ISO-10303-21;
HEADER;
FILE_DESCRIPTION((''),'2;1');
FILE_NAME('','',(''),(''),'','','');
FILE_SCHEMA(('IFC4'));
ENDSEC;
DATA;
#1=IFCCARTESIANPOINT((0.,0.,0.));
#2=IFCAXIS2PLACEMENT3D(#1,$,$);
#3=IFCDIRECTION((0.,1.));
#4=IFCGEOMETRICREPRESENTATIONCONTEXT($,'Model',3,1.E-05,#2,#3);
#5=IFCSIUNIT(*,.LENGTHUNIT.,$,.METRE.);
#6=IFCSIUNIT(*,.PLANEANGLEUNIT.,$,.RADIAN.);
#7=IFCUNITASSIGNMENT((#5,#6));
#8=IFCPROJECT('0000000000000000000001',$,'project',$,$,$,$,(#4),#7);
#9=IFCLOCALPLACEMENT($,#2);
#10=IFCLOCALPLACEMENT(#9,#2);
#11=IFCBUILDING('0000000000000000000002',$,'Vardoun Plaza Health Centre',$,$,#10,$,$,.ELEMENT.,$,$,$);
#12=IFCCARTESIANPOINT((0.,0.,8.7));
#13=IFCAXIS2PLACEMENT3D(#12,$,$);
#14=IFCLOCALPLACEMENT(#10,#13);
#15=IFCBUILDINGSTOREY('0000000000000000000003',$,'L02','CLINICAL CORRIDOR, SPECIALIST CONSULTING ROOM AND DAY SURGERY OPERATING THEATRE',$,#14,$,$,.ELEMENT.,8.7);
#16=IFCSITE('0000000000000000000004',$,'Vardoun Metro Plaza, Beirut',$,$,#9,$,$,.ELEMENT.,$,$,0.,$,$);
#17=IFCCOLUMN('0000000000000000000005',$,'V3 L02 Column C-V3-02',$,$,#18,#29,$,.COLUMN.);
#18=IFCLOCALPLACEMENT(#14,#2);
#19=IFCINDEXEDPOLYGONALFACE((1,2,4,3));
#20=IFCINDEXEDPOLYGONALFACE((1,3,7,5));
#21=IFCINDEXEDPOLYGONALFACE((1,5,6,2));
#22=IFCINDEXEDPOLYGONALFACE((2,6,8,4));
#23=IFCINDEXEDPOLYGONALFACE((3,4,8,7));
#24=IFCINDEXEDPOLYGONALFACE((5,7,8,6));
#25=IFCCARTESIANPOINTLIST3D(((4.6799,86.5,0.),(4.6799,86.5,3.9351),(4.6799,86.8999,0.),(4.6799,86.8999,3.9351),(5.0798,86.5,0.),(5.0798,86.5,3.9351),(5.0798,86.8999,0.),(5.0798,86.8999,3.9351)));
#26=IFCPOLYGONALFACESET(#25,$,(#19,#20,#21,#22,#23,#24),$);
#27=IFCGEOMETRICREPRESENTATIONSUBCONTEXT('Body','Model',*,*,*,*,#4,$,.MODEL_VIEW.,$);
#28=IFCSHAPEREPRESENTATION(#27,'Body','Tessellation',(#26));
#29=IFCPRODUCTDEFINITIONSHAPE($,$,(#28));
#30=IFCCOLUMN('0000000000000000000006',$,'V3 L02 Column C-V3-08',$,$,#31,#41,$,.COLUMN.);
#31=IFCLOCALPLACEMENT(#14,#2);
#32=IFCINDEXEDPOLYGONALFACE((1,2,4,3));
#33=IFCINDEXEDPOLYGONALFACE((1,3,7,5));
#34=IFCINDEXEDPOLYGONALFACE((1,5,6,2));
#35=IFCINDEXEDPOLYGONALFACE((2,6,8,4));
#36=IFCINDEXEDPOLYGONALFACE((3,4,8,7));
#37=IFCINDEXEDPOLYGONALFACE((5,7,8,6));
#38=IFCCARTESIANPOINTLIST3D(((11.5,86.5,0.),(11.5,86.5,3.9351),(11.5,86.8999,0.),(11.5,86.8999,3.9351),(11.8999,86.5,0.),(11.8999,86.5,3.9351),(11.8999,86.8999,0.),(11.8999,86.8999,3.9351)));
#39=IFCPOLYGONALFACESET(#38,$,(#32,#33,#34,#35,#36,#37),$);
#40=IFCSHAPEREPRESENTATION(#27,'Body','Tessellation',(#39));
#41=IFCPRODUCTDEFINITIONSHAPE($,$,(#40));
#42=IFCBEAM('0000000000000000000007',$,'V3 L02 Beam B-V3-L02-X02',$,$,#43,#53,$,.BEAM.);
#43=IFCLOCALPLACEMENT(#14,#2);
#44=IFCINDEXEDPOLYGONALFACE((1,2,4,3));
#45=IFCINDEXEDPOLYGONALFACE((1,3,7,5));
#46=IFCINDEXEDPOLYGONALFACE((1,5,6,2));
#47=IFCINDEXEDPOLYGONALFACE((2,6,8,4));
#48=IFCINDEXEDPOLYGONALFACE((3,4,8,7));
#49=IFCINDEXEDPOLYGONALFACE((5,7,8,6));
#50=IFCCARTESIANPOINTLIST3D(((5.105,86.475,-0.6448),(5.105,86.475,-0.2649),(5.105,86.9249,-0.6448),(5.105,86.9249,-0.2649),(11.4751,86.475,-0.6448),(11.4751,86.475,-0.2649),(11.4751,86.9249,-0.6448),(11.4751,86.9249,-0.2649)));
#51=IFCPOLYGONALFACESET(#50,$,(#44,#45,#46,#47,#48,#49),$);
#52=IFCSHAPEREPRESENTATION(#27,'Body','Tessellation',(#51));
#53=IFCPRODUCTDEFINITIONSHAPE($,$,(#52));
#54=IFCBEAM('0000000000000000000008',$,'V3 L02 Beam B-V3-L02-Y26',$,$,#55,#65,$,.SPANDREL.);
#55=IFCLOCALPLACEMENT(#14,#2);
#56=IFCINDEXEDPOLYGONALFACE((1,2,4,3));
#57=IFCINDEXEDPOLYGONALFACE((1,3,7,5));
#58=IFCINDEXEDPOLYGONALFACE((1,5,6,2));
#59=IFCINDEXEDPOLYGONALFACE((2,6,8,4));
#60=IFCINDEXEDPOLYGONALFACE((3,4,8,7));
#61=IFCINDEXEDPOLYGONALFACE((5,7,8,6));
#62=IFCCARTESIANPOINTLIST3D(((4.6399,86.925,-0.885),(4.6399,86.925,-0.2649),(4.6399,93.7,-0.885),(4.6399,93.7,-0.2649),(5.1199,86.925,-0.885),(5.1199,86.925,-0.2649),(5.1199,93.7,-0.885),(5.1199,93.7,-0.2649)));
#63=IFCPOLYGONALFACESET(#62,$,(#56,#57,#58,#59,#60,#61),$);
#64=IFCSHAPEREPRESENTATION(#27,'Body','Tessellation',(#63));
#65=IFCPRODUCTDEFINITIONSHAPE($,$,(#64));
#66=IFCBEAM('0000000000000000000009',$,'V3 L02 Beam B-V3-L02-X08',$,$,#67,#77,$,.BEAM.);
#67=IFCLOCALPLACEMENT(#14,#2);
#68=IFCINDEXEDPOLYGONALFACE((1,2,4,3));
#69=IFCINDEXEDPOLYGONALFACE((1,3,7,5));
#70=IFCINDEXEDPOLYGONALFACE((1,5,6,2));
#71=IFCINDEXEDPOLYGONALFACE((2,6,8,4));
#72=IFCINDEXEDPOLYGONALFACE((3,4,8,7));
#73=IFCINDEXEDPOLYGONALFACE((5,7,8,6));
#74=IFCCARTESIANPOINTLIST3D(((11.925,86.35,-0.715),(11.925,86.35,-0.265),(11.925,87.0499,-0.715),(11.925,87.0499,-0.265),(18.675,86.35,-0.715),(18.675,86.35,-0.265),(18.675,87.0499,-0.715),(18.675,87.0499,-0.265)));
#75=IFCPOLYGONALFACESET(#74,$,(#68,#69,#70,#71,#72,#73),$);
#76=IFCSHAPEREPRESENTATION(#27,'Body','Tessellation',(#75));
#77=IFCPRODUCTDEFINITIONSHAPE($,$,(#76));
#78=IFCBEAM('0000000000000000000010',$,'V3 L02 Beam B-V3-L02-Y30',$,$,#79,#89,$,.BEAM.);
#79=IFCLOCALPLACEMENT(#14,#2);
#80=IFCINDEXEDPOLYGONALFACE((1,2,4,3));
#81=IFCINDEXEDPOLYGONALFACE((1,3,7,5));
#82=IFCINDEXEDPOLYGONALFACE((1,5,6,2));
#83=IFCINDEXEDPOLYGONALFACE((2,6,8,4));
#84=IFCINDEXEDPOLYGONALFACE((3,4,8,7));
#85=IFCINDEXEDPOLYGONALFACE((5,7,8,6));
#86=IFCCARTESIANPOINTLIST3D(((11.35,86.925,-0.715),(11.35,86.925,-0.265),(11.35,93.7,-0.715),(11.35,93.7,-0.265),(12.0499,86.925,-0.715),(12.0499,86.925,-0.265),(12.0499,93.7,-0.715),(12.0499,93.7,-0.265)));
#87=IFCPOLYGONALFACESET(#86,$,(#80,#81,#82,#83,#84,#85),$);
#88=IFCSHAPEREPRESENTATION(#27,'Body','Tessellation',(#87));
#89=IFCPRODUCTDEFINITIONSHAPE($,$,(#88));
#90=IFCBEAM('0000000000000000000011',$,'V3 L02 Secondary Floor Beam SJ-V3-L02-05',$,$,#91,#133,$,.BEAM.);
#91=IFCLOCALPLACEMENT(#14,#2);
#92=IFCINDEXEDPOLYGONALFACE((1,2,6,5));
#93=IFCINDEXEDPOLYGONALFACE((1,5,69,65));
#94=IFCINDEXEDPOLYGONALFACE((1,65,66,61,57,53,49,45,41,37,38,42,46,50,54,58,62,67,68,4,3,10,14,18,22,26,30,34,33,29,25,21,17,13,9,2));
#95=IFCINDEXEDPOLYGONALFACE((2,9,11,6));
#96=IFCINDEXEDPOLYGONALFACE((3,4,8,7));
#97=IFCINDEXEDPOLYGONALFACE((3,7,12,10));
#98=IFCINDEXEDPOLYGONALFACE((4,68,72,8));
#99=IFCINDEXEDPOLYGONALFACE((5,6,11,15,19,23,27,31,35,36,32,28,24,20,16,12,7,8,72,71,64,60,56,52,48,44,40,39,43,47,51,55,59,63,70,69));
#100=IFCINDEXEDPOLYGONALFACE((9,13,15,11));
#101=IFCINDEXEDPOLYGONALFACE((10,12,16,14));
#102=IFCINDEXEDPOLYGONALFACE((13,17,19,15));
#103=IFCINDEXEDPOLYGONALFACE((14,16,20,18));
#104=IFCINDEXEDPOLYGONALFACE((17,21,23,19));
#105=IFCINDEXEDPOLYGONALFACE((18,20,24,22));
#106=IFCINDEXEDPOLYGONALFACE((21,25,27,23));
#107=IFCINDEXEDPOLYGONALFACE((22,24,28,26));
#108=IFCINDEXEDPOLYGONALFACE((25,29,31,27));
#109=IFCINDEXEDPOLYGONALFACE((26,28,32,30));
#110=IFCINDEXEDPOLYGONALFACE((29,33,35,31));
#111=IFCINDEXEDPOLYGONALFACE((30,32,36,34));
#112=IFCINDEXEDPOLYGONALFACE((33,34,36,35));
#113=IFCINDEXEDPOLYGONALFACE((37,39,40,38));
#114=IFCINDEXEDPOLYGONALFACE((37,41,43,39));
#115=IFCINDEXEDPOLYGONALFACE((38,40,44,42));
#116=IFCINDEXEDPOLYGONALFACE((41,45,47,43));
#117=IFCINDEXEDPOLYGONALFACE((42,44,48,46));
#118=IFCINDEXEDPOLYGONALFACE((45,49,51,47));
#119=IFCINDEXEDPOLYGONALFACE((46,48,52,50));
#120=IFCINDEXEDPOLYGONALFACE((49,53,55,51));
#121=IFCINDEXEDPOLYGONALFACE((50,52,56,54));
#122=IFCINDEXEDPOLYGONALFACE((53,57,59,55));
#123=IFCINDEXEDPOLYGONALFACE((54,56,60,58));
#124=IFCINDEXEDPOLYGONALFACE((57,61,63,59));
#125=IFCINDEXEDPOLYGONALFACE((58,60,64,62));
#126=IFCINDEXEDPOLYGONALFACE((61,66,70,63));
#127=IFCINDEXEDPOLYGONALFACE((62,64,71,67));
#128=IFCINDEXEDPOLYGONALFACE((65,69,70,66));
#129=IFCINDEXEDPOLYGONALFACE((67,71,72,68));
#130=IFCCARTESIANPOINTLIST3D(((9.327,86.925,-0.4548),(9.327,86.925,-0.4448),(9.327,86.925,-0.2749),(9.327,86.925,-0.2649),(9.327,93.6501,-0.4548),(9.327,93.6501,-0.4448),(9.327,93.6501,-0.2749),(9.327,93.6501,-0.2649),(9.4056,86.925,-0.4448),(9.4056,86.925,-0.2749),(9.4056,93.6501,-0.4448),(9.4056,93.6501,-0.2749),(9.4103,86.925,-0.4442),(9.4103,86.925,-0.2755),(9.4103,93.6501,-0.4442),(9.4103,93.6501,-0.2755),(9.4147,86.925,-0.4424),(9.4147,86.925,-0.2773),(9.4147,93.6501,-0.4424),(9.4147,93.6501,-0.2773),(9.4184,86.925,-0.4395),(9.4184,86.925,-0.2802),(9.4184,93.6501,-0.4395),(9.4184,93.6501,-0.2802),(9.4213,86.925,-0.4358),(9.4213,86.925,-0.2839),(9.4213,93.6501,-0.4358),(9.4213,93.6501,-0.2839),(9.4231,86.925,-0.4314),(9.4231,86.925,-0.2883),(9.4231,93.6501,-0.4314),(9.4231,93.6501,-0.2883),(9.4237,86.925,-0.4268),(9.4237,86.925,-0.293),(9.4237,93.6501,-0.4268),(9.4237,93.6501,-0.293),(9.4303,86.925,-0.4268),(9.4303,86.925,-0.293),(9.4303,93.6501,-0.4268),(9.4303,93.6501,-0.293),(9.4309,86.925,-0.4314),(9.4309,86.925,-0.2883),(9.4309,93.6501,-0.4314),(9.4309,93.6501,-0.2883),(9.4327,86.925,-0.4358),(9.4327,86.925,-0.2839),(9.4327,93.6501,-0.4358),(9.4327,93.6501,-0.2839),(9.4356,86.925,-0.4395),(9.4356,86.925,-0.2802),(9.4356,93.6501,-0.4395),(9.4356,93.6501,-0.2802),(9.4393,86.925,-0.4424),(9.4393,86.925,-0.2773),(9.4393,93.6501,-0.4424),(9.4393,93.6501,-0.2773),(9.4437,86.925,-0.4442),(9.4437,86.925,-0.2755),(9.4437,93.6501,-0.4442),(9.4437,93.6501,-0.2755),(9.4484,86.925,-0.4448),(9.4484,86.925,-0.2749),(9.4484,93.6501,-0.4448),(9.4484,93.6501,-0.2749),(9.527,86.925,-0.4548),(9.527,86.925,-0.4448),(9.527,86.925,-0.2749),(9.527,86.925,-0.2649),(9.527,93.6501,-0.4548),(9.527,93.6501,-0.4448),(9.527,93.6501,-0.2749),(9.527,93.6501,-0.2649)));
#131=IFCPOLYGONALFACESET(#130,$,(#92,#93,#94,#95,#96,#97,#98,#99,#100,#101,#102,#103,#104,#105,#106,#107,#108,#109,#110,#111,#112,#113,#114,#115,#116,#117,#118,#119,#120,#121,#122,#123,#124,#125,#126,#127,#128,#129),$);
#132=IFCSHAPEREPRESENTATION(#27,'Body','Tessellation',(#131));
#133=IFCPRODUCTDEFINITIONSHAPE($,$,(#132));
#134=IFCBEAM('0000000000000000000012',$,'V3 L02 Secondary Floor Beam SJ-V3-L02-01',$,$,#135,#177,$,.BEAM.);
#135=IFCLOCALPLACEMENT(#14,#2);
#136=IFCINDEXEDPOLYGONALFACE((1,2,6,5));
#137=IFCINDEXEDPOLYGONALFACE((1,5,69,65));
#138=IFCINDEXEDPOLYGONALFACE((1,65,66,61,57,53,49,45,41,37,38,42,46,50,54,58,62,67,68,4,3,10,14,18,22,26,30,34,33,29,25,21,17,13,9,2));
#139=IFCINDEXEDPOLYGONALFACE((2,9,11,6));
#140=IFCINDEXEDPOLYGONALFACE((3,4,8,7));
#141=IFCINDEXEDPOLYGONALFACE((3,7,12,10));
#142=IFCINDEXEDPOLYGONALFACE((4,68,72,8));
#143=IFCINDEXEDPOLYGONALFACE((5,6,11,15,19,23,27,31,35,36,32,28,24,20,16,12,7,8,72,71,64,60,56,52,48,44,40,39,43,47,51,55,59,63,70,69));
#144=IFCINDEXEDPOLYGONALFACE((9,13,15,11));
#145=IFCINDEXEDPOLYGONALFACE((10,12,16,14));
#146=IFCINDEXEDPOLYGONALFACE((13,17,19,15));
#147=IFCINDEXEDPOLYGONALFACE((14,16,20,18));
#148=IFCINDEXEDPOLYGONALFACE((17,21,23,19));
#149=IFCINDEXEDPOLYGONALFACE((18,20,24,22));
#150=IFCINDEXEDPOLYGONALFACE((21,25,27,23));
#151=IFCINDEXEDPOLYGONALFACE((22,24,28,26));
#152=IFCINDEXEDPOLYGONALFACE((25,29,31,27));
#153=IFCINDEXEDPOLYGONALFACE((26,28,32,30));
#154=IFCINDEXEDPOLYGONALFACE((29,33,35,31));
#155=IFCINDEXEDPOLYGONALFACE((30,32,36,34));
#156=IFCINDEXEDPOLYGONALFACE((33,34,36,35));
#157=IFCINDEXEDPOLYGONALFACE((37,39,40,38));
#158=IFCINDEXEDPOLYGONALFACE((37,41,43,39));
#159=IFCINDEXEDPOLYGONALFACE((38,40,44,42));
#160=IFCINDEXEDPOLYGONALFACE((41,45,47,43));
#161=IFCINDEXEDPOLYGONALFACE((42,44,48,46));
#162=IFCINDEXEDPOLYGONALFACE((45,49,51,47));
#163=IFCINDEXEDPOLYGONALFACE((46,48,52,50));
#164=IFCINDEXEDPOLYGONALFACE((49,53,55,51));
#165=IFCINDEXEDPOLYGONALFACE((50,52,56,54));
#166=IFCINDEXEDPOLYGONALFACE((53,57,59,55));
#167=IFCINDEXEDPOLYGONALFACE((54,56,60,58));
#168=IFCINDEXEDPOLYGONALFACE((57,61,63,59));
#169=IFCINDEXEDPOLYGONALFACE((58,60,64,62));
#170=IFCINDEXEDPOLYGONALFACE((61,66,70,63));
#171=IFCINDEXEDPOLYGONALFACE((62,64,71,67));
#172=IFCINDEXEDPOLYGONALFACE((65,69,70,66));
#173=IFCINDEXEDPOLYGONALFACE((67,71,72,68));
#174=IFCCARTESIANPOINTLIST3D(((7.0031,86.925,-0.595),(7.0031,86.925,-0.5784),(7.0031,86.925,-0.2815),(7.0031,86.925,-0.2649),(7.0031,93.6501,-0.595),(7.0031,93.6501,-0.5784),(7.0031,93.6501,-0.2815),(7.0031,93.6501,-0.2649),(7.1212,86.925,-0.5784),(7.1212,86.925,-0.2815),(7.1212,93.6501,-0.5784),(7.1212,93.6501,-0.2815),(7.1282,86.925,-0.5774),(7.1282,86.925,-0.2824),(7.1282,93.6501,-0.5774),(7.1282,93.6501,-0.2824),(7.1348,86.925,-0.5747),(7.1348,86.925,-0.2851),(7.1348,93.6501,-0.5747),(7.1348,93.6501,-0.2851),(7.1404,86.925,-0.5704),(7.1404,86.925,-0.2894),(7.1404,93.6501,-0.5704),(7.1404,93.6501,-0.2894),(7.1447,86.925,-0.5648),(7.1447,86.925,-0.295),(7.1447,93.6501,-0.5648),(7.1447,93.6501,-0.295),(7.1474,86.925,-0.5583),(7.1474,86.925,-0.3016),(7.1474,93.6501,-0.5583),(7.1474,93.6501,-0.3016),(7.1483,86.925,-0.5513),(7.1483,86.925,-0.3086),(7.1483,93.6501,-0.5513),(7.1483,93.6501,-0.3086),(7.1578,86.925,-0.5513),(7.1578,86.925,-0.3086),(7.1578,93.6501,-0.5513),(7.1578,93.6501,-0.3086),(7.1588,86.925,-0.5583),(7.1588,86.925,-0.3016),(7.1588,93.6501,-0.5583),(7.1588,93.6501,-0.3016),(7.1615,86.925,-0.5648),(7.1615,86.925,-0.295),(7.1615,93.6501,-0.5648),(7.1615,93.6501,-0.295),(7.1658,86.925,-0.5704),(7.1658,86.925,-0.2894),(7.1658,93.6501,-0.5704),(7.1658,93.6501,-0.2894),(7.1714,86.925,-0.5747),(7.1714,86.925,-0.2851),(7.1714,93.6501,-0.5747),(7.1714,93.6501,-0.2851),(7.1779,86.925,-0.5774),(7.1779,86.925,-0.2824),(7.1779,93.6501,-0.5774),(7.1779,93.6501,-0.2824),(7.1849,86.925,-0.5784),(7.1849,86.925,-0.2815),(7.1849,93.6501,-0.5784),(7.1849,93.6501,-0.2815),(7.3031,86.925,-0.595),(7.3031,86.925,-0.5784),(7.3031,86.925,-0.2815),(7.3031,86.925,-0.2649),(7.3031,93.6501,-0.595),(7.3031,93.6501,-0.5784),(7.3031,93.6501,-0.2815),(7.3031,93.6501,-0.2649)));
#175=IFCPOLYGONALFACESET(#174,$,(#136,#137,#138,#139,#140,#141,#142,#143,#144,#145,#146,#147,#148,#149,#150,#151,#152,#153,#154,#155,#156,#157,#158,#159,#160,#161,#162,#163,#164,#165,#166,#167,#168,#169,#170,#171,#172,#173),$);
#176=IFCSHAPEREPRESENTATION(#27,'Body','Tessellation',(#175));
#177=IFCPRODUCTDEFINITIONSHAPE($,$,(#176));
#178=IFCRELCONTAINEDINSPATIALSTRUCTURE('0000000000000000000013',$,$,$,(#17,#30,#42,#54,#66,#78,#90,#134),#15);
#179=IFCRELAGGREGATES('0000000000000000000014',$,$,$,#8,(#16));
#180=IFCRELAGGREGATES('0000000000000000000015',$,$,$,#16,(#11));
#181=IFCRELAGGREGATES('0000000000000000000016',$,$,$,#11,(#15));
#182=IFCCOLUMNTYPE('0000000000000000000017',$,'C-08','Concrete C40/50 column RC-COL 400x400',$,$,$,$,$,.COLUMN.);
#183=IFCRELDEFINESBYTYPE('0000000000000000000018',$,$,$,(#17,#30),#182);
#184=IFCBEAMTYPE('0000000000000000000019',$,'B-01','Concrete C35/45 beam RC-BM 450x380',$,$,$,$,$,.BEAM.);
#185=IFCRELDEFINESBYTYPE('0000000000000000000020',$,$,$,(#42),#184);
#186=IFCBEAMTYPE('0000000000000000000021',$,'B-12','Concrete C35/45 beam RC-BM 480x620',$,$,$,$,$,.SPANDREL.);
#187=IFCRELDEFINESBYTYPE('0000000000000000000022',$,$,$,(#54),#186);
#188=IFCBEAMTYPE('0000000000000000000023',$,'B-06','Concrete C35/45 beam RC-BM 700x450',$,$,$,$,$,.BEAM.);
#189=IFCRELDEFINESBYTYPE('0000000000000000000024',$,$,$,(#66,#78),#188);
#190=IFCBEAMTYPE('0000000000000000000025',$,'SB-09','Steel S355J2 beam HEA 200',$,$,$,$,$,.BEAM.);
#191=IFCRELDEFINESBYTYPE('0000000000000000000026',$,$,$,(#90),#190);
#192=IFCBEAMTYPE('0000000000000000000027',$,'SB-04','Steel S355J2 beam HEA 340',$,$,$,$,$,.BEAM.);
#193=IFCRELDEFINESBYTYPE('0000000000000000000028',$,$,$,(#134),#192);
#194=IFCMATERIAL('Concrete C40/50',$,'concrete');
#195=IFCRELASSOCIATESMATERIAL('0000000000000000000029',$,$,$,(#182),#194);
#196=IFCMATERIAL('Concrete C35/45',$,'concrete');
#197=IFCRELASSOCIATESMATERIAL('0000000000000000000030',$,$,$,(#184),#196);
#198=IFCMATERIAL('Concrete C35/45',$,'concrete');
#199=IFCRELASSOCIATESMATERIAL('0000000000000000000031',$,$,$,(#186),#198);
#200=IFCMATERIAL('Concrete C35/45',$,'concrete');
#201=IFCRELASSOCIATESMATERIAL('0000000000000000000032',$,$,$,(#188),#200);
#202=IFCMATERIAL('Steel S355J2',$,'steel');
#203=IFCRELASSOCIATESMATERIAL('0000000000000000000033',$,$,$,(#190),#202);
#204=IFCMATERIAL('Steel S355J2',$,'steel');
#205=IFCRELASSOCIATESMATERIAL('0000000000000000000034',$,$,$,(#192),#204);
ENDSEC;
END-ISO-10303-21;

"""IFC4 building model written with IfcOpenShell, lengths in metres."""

from ifc_helpers import new_model, si_unit, direction, frame, origin, origin_2d, place, context, subcontext, project, spatial, rectangle, i_section, extrude, material, material_profile, profile_set, type_object, element, save


model = new_model("IFC4")

# Units and contexts
model_context = context("Model", 3, precision=1e-05, world=origin(), true_north=direction((0.0, 1.0)))
body_context = subcontext(model_context, "Body", "Model", "MODEL_VIEW")
ifc_project = project(units=[si_unit("LENGTHUNIT", "METRE"), si_unit("PLANEANGLEUNIT", "RADIAN")], contexts=[model_context])

# Site, building, storey
site_placement = place(None, origin())
site = spatial("IfcSite", under=ifc_project, at=site_placement, Name="Vardoun Metro Plaza, Beirut", CompositionType="ELEMENT", RefElevation=0.0)
building_placement = place(site_placement, origin())
building = spatial("IfcBuilding", under=site, at=building_placement, Name="Vardoun Plaza Health Centre", CompositionType="ELEMENT")
storey_placement = place(building_placement, frame((0.0, 0.0, 8.7)))
storey = spatial("IfcBuildingStorey", under=building, at=storey_placement, Name="L02", Description="CLINICAL CORRIDOR, SPECIALIST CONSULTING ROOM AND DAY SURGERY OPERATING THEATRE", CompositionType="ELEMENT", Elevation=8.7)

# Columns
ifc_material_1 = material(Name="Concrete C40/50", Category="concrete")
ifc_material_profile_1 = material_profile(ifc_material_1, rectangle(XDim=0.3999, YDim=0.3999, at=origin_2d()), Name="RC-COL 400x400")
ifc_profile_set_1 = profile_set([ifc_material_profile_1], Name="Concrete C40/50")
column_type = type_object("IfcColumnType", Name="C-08", Description="Concrete C40/50 column RC-COL 400x400", PredefinedType="COLUMN", material=ifc_profile_set_1)
for number, where, z_axis, x_axis, name in (
    (1, (4.8799, 86.7, 0.0), (0.0, 0.0, 1.0), (1.0, 0.0, 0.0), "V3 L02 Column C-V3-02"),
    (2, (11.7, 86.7, 0.0), (0.0, 0.0, 1.0), (1.0, 0.0, 0.0), "V3 L02 Column C-V3-08"),
):
    element("IfcColumn", number, at=place(storey_placement, frame(where, z_axis=z_axis, x_axis=x_axis)), inside=storey, type_object=column_type, Name=name, PredefinedType="COLUMN", context=body_context, shape_type="SweptSolid", body=[
        extrude(rectangle(XDim=0.3999, YDim=0.3999, at=origin_2d()), origin(), (0.0, 0.0, 1.0), 3.9351),
    ])

# Beams
ifc_material_2 = material(Name="Concrete C35/45", Category="concrete")
ifc_material_profile_2 = material_profile(ifc_material_2, rectangle(XDim=0.45, YDim=0.3799, at=origin_2d()), Name="RC-BM 450x380")
ifc_profile_set_2 = profile_set([ifc_material_profile_2], Name="Concrete C35/45")
beam_type_1 = type_object("IfcBeamType", Name="B-01", Description="Concrete C35/45 beam RC-BM 450x380", PredefinedType="BEAM", material=ifc_profile_set_2)
beam_1_placement = place(storey_placement, frame((5.105, 86.7, -0.4548), z_axis=(1.0, 0.0, 0.0), x_axis=(0.0, 1.0, 0.0)))
element("IfcBeam", 3, at=beam_1_placement, inside=storey, type_object=beam_type_1, Name="V3 L02 Beam B-V3-L02-X02", PredefinedType="BEAM", context=body_context, shape_type="SweptSolid", body=[
    extrude(rectangle(XDim=0.45, YDim=0.3799, at=origin_2d()), origin(), (0.0, 0.0, 1.0), 6.3701),
])
ifc_material_3 = material(Name="Concrete C35/45", Category="concrete")
ifc_material_profile_3 = material_profile(ifc_material_3, rectangle(XDim=0.48, YDim=0.6201, at=origin_2d()), Name="RC-BM 480x620")
ifc_profile_set_3 = profile_set([ifc_material_profile_3], Name="Concrete C35/45")
beam_type_2 = type_object("IfcBeamType", Name="B-12", Description="Concrete C35/45 beam RC-BM 480x620", PredefinedType="SPANDREL", material=ifc_profile_set_3)
beam_2_placement = place(storey_placement, frame((4.8799, 86.925, -0.575), z_axis=(0.0, 1.0, 0.0), x_axis=(-1.0, 0.0, 0.0)))
element("IfcBeam", 4, at=beam_2_placement, inside=storey, type_object=beam_type_2, Name="V3 L02 Beam B-V3-L02-Y26", PredefinedType="SPANDREL", context=body_context, shape_type="SweptSolid", body=[
    extrude(rectangle(XDim=0.48, YDim=0.6201, at=origin_2d()), origin(), (0.0, 0.0, 1.0), 6.7749),
])
ifc_material_4 = material(Name="Concrete C35/45", Category="concrete")
ifc_material_profile_4 = material_profile(ifc_material_4, rectangle(XDim=0.7, YDim=0.45, at=origin_2d()), Name="RC-BM 700x450")
ifc_profile_set_4 = profile_set([ifc_material_profile_4], Name="Concrete C35/45")
beam_type_3 = type_object("IfcBeamType", Name="B-06", Description="Concrete C35/45 beam RC-BM 700x450", PredefinedType="BEAM", material=ifc_profile_set_4)
beam_3_placement = place(storey_placement, frame((11.925, 86.7, -0.49), z_axis=(1.0, 0.0, 0.0), x_axis=(0.0, 1.0, 0.0)))
element("IfcBeam", 5, at=beam_3_placement, inside=storey, type_object=beam_type_3, Name="V3 L02 Beam B-V3-L02-X08", PredefinedType="BEAM", context=body_context, shape_type="SweptSolid", body=[
    extrude(rectangle(XDim=0.7, YDim=0.45, at=origin_2d()), origin(), (0.0, 0.0, 1.0), 6.75),
])
beam_4_placement = place(storey_placement, frame((11.7, 86.925, -0.49), z_axis=(0.0, 1.0, 0.0), x_axis=(-1.0, 0.0, 0.0)))
element("IfcBeam", 6, at=beam_4_placement, inside=storey, type_object=beam_type_3, Name="V3 L02 Beam B-V3-L02-Y30", PredefinedType="BEAM", context=body_context, shape_type="SweptSolid", body=[
    extrude(rectangle(XDim=0.7, YDim=0.45, at=origin_2d()), origin(), (0.0, 0.0, 1.0), 6.7749),
])
ifc_material_5 = material(Name="Steel S355J2", Category="steel")
ifc_material_profile_5 = material_profile(ifc_material_5, i_section(OverallWidth=0.2, OverallDepth=0.1899, WebThickness=0.0066, FlangeThickness=0.01, FilletRadius=0.0181, at=origin_2d()), Name="HEA 200")
ifc_profile_set_5 = profile_set([ifc_material_profile_5], Name="Steel S355J2")
beam_type_4 = type_object("IfcBeamType", Name="SB-09", Description="Steel S355J2 beam HEA 200", PredefinedType="BEAM", material=ifc_profile_set_5)
beam_5_placement = place(storey_placement, frame((9.427, 86.925, -0.3599), z_axis=(0.0, 1.0, 0.0), x_axis=(-1.0, 0.0, 0.0)))
element("IfcBeam", 7, at=beam_5_placement, inside=storey, type_object=beam_type_4, Name="V3 L02 Secondary Floor Beam SJ-V3-L02-05", PredefinedType="BEAM", context=body_context, shape_type="SweptSolid", body=[
    extrude(i_section(OverallWidth=0.2, OverallDepth=0.1899, WebThickness=0.0066, FlangeThickness=0.01, FilletRadius=0.0181, at=origin_2d()), origin(), (0.0, 0.0, 1.0), 6.7251),
])
ifc_material_6 = material(Name="Steel S355J2", Category="steel")
ifc_material_profile_6 = material_profile(ifc_material_6, i_section(OverallWidth=0.3, OverallDepth=0.3301, WebThickness=0.0095, FlangeThickness=0.0166, FilletRadius=0.0271, at=origin_2d()), Name="HEA 340")
ifc_profile_set_6 = profile_set([ifc_material_profile_6], Name="Steel S355J2")
beam_type_5 = type_object("IfcBeamType", Name="SB-04", Description="Steel S355J2 beam HEA 340", PredefinedType="BEAM", material=ifc_profile_set_6)
beam_6_placement = place(storey_placement, frame((7.1531, 86.925, -0.4299), z_axis=(0.0, 1.0, 0.0), x_axis=(-1.0, 0.0, 0.0)))
element("IfcBeam", 8, at=beam_6_placement, inside=storey, type_object=beam_type_5, Name="V3 L02 Secondary Floor Beam SJ-V3-L02-01", PredefinedType="BEAM", context=body_context, shape_type="SweptSolid", body=[
    extrude(i_section(OverallWidth=0.3, OverallDepth=0.3301, WebThickness=0.0095, FlangeThickness=0.0166, FilletRadius=0.0271, at=origin_2d()), origin(), (0.0, 0.0, 1.0), 6.7251),
])

save(model, "model.ifc")
